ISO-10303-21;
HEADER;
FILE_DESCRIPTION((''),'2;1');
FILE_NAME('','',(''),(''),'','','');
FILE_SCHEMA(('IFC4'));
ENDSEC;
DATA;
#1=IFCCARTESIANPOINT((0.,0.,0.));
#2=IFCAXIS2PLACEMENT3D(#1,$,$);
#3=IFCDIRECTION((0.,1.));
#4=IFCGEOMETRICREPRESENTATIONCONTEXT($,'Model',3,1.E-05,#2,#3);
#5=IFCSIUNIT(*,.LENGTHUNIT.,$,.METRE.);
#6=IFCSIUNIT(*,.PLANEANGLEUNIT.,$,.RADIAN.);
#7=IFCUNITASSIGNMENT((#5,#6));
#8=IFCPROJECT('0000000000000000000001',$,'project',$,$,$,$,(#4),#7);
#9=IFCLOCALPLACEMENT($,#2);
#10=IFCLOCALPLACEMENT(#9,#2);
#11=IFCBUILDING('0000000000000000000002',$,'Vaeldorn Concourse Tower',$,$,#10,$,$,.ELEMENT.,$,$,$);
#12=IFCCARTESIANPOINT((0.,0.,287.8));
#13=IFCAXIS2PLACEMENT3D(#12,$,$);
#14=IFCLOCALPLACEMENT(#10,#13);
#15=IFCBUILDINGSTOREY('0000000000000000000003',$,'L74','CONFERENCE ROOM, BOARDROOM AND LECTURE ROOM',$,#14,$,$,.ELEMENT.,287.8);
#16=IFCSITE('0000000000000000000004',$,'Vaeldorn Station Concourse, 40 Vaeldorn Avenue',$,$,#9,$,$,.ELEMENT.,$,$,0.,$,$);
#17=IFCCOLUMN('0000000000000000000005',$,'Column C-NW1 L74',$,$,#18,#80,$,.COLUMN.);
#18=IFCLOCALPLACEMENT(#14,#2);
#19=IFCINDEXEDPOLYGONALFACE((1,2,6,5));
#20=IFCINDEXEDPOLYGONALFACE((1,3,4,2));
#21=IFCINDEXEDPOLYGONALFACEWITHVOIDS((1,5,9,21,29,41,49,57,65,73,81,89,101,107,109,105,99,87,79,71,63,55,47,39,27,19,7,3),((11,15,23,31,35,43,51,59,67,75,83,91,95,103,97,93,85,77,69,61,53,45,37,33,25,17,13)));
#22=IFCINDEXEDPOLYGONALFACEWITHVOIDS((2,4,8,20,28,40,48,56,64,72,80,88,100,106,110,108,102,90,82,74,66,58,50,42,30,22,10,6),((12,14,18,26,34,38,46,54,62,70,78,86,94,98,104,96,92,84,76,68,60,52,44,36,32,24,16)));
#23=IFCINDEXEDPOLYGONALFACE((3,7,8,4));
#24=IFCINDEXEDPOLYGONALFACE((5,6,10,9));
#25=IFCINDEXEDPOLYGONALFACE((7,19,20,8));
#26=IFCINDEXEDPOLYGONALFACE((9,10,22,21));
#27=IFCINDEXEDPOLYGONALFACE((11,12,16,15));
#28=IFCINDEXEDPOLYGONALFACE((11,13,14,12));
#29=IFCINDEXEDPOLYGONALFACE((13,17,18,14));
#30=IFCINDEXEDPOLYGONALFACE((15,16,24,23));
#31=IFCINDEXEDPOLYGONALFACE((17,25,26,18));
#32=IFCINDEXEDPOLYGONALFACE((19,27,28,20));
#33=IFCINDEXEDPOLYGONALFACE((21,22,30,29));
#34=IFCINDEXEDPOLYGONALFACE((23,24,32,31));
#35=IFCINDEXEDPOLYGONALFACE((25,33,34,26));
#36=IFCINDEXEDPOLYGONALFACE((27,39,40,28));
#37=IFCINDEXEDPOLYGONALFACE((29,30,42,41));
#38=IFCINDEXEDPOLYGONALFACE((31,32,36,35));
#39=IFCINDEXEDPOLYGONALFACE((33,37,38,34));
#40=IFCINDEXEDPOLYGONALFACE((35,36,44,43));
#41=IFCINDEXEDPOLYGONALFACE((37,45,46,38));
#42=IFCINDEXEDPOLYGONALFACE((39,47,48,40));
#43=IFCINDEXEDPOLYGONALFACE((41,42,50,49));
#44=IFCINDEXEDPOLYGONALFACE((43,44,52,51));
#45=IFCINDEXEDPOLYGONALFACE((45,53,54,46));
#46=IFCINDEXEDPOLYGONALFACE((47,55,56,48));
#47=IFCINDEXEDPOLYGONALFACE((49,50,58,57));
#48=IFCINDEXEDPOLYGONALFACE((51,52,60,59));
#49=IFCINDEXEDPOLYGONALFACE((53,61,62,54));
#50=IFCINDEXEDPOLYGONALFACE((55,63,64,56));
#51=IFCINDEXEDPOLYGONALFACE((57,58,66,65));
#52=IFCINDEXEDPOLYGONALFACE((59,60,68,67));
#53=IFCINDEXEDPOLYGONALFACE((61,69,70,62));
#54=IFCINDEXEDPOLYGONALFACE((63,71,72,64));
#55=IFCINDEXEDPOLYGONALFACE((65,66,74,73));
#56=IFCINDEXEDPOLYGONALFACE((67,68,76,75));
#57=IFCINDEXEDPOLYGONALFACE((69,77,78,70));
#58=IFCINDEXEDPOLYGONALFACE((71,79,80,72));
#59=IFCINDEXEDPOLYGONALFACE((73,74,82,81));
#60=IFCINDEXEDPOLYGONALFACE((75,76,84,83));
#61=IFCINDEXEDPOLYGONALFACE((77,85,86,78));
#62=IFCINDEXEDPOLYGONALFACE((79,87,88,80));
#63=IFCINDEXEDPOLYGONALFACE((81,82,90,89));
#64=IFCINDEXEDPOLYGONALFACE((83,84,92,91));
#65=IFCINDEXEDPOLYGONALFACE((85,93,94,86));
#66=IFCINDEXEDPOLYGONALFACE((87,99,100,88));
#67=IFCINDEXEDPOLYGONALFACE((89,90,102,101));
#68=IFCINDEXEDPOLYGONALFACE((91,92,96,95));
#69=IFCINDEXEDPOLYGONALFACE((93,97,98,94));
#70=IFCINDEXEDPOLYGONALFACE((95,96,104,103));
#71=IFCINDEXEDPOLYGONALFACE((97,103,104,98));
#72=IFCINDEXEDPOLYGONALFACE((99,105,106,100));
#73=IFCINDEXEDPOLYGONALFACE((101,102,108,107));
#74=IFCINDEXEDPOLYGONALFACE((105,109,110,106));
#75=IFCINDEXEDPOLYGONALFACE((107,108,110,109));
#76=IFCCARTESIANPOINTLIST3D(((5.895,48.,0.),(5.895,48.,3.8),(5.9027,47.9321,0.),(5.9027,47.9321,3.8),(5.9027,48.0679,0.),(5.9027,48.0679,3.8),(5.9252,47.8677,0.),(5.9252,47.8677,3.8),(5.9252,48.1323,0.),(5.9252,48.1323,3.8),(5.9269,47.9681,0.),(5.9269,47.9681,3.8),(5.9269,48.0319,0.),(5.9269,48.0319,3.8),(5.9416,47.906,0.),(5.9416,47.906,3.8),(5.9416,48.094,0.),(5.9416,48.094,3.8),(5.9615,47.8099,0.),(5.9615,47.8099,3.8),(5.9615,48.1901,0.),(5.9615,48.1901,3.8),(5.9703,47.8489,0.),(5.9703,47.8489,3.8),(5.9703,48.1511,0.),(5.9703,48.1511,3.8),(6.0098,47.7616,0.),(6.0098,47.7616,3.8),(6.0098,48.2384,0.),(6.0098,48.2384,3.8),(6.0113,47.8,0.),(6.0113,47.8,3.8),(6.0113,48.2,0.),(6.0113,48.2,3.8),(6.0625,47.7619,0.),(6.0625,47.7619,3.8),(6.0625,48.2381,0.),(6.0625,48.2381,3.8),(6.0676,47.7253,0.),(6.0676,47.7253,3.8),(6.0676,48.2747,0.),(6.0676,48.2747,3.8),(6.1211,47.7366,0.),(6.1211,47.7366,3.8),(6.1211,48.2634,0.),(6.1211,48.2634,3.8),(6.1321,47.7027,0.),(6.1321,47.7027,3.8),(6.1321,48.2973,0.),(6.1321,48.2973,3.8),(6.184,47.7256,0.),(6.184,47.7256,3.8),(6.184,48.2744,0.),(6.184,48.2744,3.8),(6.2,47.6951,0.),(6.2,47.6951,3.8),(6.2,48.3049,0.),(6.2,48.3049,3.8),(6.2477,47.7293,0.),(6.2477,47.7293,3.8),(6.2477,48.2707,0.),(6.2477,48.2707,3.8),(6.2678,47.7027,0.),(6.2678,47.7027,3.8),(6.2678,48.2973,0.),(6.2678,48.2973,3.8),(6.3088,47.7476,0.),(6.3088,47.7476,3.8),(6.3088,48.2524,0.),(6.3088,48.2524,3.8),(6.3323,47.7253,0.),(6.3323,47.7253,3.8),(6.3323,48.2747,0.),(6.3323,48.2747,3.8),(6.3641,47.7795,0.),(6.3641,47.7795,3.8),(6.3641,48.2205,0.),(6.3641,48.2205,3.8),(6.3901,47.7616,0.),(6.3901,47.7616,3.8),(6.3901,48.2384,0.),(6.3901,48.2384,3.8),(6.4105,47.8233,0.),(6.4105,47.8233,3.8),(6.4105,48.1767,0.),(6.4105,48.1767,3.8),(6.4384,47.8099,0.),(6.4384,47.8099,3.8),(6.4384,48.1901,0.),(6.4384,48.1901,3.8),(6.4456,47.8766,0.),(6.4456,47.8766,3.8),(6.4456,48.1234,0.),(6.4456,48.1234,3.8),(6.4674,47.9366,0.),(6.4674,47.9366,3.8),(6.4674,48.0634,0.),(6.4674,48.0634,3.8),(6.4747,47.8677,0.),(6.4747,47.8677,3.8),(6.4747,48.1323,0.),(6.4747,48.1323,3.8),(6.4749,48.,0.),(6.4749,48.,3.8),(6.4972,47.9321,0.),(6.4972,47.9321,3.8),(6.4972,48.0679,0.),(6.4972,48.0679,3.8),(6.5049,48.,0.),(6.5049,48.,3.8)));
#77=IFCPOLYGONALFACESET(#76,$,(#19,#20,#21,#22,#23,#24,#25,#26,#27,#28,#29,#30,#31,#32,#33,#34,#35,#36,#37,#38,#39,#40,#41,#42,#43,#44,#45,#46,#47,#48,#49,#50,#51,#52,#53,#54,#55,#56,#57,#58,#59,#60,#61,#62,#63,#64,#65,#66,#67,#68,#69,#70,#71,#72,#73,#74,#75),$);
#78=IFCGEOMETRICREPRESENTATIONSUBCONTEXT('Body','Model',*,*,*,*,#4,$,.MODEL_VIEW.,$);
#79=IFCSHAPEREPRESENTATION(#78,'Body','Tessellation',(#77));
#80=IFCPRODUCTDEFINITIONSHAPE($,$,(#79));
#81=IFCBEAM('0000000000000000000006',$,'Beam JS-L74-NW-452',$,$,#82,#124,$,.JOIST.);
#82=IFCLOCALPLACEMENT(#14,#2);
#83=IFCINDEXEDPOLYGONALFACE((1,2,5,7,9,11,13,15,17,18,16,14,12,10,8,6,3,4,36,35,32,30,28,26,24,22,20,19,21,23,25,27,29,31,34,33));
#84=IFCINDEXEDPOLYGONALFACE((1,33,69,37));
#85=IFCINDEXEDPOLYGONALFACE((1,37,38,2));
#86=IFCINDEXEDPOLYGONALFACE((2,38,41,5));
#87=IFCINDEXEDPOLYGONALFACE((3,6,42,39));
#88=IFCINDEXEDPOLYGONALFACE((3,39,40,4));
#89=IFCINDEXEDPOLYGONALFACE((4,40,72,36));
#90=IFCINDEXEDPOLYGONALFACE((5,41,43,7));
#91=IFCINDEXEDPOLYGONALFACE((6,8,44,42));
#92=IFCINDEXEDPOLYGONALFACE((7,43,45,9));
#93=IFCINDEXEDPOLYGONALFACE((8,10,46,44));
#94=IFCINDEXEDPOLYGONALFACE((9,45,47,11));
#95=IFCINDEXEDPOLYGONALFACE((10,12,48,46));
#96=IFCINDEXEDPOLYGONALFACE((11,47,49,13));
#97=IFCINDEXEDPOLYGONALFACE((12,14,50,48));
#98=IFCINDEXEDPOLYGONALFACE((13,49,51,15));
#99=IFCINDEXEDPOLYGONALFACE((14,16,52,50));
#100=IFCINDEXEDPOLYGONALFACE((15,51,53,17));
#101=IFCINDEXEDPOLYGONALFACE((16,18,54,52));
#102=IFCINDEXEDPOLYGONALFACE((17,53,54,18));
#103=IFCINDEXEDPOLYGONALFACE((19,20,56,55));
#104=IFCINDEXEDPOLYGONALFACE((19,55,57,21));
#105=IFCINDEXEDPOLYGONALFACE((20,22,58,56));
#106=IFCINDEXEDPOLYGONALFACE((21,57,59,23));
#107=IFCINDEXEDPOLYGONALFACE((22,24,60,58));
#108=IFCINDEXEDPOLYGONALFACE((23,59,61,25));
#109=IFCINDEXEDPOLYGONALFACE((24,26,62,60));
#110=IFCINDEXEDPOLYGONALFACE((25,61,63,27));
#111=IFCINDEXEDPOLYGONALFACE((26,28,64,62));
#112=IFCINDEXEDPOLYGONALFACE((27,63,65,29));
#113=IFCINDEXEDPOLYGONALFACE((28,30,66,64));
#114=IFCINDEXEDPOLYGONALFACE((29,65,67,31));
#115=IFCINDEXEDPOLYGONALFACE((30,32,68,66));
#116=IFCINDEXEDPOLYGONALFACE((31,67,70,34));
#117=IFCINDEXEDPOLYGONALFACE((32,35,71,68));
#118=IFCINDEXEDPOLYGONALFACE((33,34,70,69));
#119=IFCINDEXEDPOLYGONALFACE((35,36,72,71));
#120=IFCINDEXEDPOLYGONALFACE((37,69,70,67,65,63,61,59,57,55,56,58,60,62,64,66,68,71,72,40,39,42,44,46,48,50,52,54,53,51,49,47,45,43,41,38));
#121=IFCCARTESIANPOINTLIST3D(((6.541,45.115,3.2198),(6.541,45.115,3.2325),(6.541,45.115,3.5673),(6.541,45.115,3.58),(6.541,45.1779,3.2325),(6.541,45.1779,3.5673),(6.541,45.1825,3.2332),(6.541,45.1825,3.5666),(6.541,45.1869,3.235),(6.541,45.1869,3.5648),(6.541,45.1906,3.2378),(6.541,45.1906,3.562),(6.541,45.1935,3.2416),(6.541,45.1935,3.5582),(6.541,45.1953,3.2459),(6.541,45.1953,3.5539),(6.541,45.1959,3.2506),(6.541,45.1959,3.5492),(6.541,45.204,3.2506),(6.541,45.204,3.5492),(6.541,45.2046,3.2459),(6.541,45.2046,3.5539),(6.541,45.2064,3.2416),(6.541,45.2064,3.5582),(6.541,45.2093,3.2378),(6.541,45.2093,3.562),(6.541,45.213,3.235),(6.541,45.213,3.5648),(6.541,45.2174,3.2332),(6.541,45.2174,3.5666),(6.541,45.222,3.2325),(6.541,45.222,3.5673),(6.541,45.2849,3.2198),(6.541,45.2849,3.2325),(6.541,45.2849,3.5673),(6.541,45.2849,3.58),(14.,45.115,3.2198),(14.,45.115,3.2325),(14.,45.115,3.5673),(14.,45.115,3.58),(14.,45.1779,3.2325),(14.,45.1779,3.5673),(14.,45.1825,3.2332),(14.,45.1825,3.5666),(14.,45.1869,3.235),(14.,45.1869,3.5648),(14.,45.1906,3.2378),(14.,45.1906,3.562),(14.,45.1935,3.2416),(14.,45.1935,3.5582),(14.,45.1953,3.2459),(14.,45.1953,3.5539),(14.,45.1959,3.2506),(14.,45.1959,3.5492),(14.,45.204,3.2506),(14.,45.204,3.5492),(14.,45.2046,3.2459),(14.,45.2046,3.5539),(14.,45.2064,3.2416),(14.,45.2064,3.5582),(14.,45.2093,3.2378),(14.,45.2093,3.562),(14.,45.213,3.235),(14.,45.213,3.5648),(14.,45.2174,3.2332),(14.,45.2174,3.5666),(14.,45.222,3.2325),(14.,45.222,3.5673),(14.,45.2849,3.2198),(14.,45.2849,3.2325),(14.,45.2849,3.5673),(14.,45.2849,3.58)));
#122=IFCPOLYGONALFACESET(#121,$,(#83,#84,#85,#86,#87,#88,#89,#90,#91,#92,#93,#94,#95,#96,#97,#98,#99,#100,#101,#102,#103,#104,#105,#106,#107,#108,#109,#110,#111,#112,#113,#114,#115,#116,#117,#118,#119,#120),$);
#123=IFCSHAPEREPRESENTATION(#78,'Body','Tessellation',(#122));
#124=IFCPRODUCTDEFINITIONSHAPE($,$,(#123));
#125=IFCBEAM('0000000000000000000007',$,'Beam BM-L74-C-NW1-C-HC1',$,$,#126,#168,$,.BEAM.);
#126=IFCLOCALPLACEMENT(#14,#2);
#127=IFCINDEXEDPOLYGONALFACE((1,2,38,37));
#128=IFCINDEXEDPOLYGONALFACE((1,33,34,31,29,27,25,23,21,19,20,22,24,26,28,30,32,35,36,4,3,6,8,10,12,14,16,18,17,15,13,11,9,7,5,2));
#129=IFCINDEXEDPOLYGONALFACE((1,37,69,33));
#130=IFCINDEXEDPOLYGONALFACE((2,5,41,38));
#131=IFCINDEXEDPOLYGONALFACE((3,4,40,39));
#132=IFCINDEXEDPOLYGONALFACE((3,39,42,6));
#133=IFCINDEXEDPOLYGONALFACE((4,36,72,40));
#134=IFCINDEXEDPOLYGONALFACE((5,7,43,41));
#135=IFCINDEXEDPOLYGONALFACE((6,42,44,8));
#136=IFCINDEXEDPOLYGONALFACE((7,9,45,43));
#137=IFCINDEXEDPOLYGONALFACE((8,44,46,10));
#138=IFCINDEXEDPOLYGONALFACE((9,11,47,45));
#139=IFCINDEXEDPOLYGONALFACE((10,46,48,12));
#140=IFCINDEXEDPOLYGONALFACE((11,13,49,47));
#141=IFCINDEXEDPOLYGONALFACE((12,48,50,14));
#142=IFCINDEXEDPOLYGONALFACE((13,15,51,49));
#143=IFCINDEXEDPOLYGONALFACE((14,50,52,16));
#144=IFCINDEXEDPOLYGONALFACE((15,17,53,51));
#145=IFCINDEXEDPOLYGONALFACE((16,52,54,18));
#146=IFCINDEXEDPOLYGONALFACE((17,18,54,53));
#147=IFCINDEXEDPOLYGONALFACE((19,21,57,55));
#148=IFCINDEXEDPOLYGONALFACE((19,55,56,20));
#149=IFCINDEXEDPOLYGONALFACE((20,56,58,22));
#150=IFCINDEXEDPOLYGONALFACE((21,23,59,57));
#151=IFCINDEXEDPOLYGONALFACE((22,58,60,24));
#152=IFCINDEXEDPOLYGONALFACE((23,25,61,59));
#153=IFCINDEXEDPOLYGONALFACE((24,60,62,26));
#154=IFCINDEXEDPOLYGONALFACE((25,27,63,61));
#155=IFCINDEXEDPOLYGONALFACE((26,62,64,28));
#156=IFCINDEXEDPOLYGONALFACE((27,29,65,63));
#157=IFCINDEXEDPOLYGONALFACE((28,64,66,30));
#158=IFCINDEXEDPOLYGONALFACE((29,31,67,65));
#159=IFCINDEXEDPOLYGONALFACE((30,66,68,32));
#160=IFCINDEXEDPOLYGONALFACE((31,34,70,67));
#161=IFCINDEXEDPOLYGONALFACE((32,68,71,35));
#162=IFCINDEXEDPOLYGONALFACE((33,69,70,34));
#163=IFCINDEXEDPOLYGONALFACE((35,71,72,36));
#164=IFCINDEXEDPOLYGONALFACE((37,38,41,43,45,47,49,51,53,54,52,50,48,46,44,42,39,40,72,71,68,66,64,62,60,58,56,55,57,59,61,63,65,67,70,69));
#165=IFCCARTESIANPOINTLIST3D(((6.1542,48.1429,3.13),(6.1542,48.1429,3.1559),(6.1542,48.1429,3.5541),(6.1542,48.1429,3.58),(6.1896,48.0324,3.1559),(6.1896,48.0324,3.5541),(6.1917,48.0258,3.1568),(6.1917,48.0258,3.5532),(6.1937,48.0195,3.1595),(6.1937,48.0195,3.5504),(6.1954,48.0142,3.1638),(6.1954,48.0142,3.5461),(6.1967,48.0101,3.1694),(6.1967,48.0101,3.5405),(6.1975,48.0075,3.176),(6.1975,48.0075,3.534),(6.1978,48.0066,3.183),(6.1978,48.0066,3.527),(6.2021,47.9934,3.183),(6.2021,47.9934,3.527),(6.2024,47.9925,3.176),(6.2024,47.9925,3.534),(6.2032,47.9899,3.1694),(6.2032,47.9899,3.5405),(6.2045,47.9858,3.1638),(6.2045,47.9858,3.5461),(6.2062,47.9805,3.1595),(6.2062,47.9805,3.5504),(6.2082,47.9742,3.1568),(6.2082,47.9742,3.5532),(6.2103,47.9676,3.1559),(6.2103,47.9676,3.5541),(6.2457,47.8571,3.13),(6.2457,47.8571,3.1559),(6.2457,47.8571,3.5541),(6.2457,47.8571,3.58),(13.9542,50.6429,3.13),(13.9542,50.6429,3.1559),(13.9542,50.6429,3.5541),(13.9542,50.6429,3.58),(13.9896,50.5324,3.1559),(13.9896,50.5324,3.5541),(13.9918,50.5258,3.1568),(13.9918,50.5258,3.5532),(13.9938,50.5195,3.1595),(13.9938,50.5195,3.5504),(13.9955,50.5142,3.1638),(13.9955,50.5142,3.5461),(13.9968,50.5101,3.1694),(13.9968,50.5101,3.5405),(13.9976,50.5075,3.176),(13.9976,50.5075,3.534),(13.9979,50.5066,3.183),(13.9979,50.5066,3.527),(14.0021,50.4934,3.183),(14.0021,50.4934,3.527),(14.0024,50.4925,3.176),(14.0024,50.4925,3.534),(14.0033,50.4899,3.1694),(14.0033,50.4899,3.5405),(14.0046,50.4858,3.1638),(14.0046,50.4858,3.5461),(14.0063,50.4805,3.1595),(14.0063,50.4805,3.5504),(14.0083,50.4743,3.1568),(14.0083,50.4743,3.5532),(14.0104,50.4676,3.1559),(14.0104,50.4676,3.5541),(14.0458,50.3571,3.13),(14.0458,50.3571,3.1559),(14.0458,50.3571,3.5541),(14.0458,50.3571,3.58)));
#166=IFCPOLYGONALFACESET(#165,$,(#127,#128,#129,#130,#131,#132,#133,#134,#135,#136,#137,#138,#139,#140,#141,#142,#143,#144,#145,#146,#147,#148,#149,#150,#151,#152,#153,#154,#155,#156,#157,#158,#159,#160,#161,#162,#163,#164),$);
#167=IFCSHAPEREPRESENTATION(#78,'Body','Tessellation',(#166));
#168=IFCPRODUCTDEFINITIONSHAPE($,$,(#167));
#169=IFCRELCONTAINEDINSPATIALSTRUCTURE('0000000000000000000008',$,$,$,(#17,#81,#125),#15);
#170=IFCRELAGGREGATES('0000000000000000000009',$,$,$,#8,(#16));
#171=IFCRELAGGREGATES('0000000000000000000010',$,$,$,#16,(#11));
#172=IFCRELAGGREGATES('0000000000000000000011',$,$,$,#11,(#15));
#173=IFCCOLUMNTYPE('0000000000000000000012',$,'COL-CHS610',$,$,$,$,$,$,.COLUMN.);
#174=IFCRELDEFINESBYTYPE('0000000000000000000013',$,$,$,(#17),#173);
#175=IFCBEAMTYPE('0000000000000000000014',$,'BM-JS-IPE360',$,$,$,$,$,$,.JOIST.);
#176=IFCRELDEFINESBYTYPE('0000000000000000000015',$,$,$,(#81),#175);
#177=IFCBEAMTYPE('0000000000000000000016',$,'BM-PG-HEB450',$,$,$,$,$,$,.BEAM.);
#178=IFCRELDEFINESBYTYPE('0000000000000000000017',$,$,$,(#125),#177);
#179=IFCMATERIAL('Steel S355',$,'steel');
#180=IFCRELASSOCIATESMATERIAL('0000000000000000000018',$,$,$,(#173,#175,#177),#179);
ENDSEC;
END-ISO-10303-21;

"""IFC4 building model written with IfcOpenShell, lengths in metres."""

from ifc_helpers import new_model, si_unit, direction, frame, origin, origin_2d, place, context, subcontext, project, spatial, hollow_circle, i_section, extrude, source, transform, mapped, material, material_profile, profile_set, type_object, element, save


model = new_model("IFC4")

# Units and contexts
model_context = context("Model", 3, precision=1e-05, world=origin(), true_north=direction((0.0, 1.0)))
body_context = subcontext(model_context, "Body", "Model", "MODEL_VIEW")
ifc_project = project(units=[si_unit("LENGTHUNIT", "METRE"), si_unit("PLANEANGLEUNIT", "RADIAN")], contexts=[model_context])

# Site, building, storey
site_placement = place(None, origin())
site = spatial("IfcSite", under=ifc_project, at=site_placement, Name="Vaeldorn Station Concourse, 40 Vaeldorn Avenue", CompositionType="ELEMENT", RefElevation=0.0)
building_placement = place(site_placement, origin())
building = spatial("IfcBuilding", under=site, at=building_placement, Name="Vaeldorn Concourse Tower", CompositionType="ELEMENT")
storey_placement = place(building_placement, frame((0.0, 0.0, 287.8)))
storey = spatial("IfcBuildingStorey", under=building, at=storey_placement, Name="L74", Description="CONFERENCE ROOM, BOARDROOM AND LECTURE ROOM", CompositionType="ELEMENT", Elevation=287.8)

# Column
ifc_material_1 = material(Name="Steel S355", Category="steel")
ifc_material_profile_1 = material_profile(ifc_material_1, hollow_circle(Radius=0.3049, WallThickness=0.03, at=origin_2d()), Name="CHS 610x30")
ifc_profile_set_1 = profile_set([ifc_material_profile_1], Name="Steel S355")
column_type = type_object("IfcColumnType", Name="COL-CHS610", PredefinedType="COLUMN", material=ifc_profile_set_1)
shared_shape_1 = source(origin(), body_context, "Body", "SweptSolid", [
    extrude(hollow_circle(Radius=0.3049, WallThickness=0.03, at=origin_2d()), origin(), (0.0, 0.0, 1.0), 3.8),
])
column_placement = place(storey_placement, frame((6.2, 48.0, 0.0), z_axis=(0.0, 0.0, 1.0), x_axis=(1.0, 0.0, 0.0)))
element("IfcColumn", 1, at=column_placement, inside=storey, type_object=column_type, Name="Column C-NW1 L74", PredefinedType="COLUMN", context=body_context, shape_type="MappedRepresentation", body=[
    mapped(shared_shape_1, transform((0.0, 0.0, 0.0), scale=1.0)),
])

# Beams
ifc_material_profile_2 = material_profile(ifc_material_1, i_section(OverallWidth=0.1699, OverallDepth=0.3601, WebThickness=0.0081, FlangeThickness=0.0127, FilletRadius=0.0181, at=origin_2d()), Name="IPE 360")
ifc_profile_set_2 = profile_set([ifc_material_profile_2], Name="Steel S355")
beam_type_1 = type_object("IfcBeamType", Name="BM-JS-IPE360", PredefinedType="JOIST", material=ifc_profile_set_2)
shared_shape_2 = source(origin(), body_context, "Body", "SweptSolid", [
    extrude(i_section(OverallWidth=0.1699, OverallDepth=0.3601, WebThickness=0.0081, FlangeThickness=0.0127, FilletRadius=0.0181, at=origin_2d()), origin(), (0.0, 0.0, 1.0), 7.459),
])
beam_1_placement = place(storey_placement, frame((6.541, 45.2, 3.3999), z_axis=(1.0, 0.0, 0.0), x_axis=(0.0, 1.0, 0.0)))
element("IfcBeam", 2, at=beam_1_placement, inside=storey, type_object=beam_type_1, Name="Beam JS-L74-NW-452", PredefinedType="JOIST", context=body_context, shape_type="MappedRepresentation", body=[
    mapped(shared_shape_2, transform((0.0, 0.0, 0.0), scale=1.0)),
])
ifc_material_profile_3 = material_profile(ifc_material_1, i_section(OverallWidth=0.3, OverallDepth=0.45, WebThickness=0.0139, FlangeThickness=0.0259, FilletRadius=0.0271, at=origin_2d()), Name="HEB 450")
ifc_profile_set_3 = profile_set([ifc_material_profile_3], Name="Steel S355")
beam_type_2 = type_object("IfcBeamType", Name="BM-PG-HEB450", PredefinedType="BEAM", material=ifc_profile_set_3)
shared_shape_3 = source(origin(), body_context, "Body", "SweptSolid", [
    extrude(i_section(OverallWidth=0.3, OverallDepth=0.45, WebThickness=0.0139, FlangeThickness=0.0259, FilletRadius=0.0271, at=origin_2d()), origin(), (0.0, 0.0, 1.0), 8.1909),
])
beam_2_placement = place(storey_placement, frame((6.2, 48.0, 3.355), z_axis=(0.952283, 0.305217, 0.0), x_axis=(-0.305217, 0.952283, 0.0)))
element("IfcBeam", 3, at=beam_2_placement, inside=storey, type_object=beam_type_2, Name="Beam BM-L74-C-NW1-C-HC1", PredefinedType="BEAM", context=body_context, shape_type="MappedRepresentation", body=[
    mapped(shared_shape_3, transform((0.0, 0.0, 0.0), scale=1.0)),
])

save(model, "model.ifc")
